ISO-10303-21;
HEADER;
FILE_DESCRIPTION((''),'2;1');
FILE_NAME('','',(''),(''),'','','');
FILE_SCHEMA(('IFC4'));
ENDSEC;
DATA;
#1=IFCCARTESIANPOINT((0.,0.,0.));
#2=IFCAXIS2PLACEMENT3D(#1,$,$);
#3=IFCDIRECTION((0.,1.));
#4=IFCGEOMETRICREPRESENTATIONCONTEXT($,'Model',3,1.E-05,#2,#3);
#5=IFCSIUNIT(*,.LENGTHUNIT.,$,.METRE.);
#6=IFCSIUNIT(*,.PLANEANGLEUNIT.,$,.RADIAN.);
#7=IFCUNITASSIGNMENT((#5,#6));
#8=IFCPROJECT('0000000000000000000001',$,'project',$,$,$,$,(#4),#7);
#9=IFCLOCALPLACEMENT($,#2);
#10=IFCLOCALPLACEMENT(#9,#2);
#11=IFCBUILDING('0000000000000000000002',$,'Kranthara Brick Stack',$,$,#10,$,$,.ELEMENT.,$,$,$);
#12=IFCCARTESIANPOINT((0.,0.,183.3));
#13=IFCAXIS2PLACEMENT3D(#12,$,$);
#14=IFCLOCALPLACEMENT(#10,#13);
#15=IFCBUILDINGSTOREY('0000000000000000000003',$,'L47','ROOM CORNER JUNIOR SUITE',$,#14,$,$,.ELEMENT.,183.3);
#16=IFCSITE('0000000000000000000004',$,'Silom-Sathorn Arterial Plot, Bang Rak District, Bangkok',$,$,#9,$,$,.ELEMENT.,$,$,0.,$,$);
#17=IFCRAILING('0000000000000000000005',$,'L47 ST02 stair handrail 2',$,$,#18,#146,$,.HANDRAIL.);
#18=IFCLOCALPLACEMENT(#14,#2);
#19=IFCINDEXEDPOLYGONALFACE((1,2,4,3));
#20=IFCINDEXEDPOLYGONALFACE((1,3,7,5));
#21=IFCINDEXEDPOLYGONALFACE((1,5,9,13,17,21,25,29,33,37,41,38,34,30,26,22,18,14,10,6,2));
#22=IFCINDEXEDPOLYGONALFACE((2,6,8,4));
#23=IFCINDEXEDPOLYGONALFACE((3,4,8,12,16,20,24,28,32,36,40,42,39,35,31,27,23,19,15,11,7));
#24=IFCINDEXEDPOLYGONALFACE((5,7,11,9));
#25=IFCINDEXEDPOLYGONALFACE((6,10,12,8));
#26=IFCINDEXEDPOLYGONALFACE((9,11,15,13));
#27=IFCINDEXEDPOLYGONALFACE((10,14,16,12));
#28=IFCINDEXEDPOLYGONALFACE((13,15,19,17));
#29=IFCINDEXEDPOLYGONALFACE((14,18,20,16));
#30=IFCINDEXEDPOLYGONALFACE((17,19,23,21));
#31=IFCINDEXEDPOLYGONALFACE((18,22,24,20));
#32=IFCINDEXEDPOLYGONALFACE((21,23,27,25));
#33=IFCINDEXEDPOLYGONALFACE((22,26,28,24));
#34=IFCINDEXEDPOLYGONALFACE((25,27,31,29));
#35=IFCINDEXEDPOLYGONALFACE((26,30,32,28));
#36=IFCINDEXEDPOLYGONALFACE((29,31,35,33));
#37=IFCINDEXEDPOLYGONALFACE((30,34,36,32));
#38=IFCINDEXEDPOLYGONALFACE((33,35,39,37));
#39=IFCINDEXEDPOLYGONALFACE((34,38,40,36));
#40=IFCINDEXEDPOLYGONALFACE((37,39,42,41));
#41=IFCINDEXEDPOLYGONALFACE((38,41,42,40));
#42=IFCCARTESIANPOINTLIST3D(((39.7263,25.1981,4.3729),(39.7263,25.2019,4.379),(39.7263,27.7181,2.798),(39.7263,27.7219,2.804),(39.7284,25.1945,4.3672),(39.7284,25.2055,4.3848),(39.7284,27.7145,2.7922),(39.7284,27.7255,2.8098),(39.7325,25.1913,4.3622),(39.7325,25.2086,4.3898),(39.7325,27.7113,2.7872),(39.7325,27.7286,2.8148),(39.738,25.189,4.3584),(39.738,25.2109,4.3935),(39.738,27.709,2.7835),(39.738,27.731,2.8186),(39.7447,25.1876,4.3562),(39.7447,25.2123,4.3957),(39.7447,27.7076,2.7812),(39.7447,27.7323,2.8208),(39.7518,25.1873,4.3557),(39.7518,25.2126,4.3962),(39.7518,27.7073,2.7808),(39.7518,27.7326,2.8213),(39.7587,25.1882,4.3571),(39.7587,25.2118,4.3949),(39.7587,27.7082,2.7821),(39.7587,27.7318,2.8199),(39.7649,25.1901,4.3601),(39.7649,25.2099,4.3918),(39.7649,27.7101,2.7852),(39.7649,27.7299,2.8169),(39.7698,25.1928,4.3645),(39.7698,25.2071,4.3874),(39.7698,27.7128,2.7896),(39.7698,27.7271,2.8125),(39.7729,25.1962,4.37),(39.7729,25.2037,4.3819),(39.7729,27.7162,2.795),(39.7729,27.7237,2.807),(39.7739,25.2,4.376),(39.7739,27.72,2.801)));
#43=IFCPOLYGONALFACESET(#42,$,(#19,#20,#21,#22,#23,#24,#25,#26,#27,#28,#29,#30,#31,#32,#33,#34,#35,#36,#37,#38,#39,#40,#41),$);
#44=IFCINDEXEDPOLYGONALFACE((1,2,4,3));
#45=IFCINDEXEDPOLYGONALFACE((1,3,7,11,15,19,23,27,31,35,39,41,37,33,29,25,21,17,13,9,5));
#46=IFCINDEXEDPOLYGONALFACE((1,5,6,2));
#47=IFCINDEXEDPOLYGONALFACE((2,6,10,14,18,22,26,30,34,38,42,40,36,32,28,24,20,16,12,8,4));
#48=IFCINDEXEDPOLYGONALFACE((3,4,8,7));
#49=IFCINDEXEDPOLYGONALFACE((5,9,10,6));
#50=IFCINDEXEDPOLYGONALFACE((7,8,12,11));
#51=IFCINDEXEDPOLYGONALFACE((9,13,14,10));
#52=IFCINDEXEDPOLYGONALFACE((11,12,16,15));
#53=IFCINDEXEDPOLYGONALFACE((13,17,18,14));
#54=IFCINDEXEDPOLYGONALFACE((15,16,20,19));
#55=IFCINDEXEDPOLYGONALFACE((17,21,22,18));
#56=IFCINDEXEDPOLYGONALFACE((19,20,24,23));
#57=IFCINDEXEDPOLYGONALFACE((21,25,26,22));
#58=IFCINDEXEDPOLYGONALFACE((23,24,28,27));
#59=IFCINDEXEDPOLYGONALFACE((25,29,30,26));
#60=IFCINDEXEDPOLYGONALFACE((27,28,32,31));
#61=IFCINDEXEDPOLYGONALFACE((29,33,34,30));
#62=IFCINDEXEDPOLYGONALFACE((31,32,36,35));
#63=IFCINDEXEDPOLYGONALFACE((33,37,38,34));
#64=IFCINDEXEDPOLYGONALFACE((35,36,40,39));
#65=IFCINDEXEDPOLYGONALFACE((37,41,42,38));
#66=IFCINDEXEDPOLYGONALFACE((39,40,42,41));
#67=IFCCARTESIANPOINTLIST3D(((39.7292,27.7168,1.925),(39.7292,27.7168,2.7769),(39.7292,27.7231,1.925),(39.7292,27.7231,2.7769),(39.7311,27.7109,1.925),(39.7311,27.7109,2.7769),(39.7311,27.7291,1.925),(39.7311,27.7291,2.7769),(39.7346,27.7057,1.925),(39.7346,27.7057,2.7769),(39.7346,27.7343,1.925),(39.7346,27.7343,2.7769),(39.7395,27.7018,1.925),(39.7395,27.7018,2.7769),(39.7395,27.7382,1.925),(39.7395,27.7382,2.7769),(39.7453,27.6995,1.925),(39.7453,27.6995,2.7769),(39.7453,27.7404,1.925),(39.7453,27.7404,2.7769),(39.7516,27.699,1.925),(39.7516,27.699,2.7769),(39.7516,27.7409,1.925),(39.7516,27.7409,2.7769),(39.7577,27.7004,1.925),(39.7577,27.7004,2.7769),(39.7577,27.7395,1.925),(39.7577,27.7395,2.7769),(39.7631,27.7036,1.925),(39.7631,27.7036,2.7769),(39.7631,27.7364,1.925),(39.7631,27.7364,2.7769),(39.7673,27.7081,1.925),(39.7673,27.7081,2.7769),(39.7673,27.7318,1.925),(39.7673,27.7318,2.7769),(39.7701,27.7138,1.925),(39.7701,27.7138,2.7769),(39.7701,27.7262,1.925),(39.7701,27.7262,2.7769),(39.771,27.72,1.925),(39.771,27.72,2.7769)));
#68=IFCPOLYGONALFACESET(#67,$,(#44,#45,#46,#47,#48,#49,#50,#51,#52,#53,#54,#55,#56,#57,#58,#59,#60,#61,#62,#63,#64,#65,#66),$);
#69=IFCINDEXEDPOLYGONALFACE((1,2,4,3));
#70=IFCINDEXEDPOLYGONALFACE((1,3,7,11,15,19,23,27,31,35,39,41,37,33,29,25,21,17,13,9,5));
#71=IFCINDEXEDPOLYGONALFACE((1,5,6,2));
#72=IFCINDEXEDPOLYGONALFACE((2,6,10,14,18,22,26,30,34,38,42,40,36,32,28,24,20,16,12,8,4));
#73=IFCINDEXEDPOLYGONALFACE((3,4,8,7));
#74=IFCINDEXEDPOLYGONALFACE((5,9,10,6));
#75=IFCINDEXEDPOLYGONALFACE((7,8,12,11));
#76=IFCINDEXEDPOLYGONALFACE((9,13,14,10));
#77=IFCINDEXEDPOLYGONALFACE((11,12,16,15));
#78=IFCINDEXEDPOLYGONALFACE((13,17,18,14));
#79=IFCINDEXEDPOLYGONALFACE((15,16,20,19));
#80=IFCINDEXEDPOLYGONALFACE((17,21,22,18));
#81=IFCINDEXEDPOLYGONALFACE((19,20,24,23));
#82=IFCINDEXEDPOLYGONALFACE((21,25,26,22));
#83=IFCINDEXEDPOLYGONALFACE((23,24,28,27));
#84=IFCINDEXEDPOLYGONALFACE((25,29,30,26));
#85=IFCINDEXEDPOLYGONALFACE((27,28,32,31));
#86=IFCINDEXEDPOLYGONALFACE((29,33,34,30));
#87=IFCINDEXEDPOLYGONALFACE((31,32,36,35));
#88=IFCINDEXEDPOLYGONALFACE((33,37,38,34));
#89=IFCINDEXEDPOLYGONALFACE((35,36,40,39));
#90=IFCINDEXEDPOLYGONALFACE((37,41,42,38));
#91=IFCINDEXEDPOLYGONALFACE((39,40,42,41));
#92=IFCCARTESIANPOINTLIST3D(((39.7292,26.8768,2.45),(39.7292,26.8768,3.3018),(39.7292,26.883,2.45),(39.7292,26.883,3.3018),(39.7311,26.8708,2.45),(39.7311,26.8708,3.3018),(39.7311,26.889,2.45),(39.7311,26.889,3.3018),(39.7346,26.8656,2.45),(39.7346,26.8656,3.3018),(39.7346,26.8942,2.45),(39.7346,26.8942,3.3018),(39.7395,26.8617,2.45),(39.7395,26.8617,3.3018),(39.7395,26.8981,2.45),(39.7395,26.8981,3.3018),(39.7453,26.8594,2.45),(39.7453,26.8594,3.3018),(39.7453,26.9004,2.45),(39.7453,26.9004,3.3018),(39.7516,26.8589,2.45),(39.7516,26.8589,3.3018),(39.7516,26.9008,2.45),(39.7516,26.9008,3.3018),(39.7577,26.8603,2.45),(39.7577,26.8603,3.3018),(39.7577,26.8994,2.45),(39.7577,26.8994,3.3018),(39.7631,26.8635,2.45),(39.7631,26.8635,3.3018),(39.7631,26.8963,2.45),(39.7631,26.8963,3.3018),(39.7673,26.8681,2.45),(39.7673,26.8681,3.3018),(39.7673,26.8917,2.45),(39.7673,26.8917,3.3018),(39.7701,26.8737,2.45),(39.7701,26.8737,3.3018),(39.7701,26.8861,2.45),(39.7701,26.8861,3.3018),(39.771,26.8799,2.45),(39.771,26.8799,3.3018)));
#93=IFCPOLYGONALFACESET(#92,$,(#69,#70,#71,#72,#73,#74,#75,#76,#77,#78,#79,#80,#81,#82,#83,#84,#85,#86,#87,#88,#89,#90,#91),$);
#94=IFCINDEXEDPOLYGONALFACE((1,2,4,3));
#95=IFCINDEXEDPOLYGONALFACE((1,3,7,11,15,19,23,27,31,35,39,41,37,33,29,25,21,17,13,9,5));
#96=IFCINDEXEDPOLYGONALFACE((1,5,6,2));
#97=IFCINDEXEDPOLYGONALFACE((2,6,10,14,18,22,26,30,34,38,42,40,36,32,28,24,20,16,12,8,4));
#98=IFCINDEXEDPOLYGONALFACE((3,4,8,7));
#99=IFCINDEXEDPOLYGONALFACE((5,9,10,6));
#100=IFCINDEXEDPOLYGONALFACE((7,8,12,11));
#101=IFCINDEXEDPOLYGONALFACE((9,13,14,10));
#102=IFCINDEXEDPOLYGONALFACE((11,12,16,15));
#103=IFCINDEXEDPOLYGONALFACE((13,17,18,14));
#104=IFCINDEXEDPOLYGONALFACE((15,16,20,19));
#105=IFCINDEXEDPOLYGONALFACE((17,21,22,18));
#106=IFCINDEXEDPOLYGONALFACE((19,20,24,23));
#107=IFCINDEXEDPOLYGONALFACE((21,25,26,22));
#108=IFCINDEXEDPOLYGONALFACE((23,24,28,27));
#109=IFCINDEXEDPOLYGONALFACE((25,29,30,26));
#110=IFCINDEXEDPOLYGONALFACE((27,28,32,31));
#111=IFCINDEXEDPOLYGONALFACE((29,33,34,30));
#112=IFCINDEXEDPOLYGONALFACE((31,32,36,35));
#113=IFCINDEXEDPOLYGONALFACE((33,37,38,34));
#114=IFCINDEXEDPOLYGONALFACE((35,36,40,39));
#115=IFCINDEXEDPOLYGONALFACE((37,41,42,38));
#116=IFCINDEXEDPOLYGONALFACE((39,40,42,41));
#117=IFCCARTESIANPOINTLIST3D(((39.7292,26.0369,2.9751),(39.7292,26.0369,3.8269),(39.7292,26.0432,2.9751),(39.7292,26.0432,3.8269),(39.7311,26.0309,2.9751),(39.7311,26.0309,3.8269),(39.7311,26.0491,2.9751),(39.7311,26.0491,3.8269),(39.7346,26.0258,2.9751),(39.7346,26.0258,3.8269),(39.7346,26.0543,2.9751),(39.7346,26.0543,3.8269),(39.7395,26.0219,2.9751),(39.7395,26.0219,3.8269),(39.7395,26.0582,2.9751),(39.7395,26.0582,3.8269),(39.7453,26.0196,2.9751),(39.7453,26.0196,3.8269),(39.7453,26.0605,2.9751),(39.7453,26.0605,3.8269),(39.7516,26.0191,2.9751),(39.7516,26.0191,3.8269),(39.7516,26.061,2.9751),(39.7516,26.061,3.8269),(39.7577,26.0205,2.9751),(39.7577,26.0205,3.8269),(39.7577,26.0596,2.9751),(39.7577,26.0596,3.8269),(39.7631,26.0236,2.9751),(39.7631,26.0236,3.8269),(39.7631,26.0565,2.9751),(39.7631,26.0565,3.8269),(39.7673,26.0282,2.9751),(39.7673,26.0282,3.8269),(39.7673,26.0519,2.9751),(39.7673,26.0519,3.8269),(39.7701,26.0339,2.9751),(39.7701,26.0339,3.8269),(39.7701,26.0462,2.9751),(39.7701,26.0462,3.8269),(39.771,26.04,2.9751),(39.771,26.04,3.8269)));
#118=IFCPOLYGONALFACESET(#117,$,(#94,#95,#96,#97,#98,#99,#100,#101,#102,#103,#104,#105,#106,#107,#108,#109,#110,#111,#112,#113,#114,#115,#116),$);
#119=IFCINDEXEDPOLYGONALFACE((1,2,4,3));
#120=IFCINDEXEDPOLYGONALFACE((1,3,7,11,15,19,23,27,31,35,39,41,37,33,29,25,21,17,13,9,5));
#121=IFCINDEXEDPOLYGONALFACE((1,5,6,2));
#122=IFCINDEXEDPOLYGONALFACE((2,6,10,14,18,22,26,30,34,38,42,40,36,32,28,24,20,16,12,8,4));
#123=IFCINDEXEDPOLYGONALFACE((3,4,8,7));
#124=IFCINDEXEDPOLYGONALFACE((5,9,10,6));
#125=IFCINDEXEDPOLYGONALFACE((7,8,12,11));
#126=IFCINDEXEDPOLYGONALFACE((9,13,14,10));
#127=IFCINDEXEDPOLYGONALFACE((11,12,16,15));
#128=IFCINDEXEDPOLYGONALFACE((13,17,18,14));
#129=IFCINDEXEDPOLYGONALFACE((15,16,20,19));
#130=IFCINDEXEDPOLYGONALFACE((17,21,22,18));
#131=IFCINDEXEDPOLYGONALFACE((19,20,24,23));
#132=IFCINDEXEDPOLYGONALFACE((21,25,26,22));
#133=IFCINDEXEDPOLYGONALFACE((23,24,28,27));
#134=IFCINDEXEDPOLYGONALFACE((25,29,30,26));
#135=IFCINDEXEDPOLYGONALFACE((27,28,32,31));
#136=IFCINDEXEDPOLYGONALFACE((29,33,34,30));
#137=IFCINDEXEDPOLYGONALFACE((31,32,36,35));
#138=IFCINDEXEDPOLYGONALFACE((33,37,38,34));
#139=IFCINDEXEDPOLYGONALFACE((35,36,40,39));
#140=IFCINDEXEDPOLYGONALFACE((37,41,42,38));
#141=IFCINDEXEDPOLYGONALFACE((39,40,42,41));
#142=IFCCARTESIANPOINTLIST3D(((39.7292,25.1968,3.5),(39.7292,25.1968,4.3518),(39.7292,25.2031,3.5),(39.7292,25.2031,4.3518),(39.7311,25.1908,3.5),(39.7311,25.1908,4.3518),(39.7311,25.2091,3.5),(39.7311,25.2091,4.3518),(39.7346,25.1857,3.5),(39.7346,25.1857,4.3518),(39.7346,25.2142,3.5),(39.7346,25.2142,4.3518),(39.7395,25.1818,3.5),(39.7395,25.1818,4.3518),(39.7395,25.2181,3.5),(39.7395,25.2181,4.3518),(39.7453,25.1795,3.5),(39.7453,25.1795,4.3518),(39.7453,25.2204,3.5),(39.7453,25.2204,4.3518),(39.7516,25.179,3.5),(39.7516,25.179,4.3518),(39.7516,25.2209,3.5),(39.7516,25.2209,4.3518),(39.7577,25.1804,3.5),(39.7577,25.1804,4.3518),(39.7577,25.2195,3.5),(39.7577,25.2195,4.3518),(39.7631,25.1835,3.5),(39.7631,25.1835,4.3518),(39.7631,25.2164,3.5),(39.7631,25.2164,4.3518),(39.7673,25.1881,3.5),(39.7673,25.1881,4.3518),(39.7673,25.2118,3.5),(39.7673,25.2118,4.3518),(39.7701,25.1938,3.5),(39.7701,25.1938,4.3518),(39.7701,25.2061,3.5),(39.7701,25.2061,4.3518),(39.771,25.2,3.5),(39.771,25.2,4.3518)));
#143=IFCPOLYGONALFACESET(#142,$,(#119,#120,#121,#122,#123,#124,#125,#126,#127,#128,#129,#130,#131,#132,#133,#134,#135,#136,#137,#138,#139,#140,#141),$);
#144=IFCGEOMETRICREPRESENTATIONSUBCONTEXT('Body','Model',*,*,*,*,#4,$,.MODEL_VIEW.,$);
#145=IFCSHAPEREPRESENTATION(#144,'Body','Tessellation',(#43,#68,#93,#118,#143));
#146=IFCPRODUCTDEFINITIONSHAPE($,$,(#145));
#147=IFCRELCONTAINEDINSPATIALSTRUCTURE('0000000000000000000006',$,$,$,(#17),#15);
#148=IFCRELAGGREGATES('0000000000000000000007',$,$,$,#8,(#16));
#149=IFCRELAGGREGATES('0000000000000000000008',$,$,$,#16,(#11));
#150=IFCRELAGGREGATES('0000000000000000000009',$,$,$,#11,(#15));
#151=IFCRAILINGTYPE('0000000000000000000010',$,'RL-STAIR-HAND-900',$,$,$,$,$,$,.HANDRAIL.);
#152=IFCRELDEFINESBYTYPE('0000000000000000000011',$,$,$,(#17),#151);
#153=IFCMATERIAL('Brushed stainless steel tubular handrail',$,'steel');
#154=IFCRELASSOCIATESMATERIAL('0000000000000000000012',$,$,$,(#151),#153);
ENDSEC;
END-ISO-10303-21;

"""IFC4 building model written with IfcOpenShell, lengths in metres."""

from ifc_helpers import new_model, si_unit, direction, frame, origin, origin_2d, place, context, subcontext, project, spatial, circle, extrude, material, type_object, element, save


model = new_model("IFC4")

# Units and contexts
model_context = context("Model", 3, precision=1e-05, world=origin(), true_north=direction((0.0, 1.0)))
body_context = subcontext(model_context, "Body", "Model", "MODEL_VIEW")
ifc_project = project(units=[si_unit("LENGTHUNIT", "METRE"), si_unit("PLANEANGLEUNIT", "RADIAN")], contexts=[model_context])

# Site, building, storey
site_placement = place(None, origin())
site = spatial("IfcSite", under=ifc_project, at=site_placement, Name="Silom-Sathorn Arterial Plot, Bang Rak District, Bangkok", CompositionType="ELEMENT", RefElevation=0.0)
building_placement = place(site_placement, origin())
building = spatial("IfcBuilding", under=site, at=building_placement, Name="Kranthara Brick Stack", CompositionType="ELEMENT")
storey_placement = place(building_placement, frame((0.0, 0.0, 183.3)))
storey = spatial("IfcBuildingStorey", under=building, at=storey_placement, Name="L47", Description="ROOM CORNER JUNIOR SUITE", CompositionType="ELEMENT", Elevation=183.3)

# Railing
ifc_material_1 = material(Name="Brushed stainless steel tubular handrail", Category="steel")
railing_type_1 = type_object("IfcRailingType", Name="RL-STAIR-HAND-900", PredefinedType="HANDRAIL", material=ifc_material_1)
railing_1_placement = place(storey_placement, frame((39.75, 27.72, 1.925)))
element("IfcRailing", 1, at=railing_1_placement, inside=storey, type_object=railing_type_1, Name="L47 ST02 stair handrail 2", PredefinedType="HANDRAIL", context=body_context, shape_type="SweptSolid", body=[
    extrude(circle(Radius=0.0239, at=origin_2d()), frame((0.0, 0.0, 0.876), z_axis=(0.0, -0.848008, 0.529984), x_axis=(1.0, 0.0, 0.0)), (0.0, 0.0, 1.0), 2.9717),
    extrude(circle(Radius=0.021, at=origin_2d()), origin(), (0.0, 0.0, 1.0), 0.8518),
    extrude(circle(Radius=0.021, at=origin_2d()), frame((0.0, -0.8401, 0.5249)), (0.0, 0.0, 1.0), 0.8518),
    extrude(circle(Radius=0.021, at=origin_2d()), frame((0.0, -1.6799, 1.05)), (0.0, 0.0, 1.0), 0.8518),
    extrude(circle(Radius=0.021, at=origin_2d()), frame((0.0, -2.52, 1.575)), (0.0, 0.0, 1.0), 0.8518),
])

save(model, "model.ifc")
